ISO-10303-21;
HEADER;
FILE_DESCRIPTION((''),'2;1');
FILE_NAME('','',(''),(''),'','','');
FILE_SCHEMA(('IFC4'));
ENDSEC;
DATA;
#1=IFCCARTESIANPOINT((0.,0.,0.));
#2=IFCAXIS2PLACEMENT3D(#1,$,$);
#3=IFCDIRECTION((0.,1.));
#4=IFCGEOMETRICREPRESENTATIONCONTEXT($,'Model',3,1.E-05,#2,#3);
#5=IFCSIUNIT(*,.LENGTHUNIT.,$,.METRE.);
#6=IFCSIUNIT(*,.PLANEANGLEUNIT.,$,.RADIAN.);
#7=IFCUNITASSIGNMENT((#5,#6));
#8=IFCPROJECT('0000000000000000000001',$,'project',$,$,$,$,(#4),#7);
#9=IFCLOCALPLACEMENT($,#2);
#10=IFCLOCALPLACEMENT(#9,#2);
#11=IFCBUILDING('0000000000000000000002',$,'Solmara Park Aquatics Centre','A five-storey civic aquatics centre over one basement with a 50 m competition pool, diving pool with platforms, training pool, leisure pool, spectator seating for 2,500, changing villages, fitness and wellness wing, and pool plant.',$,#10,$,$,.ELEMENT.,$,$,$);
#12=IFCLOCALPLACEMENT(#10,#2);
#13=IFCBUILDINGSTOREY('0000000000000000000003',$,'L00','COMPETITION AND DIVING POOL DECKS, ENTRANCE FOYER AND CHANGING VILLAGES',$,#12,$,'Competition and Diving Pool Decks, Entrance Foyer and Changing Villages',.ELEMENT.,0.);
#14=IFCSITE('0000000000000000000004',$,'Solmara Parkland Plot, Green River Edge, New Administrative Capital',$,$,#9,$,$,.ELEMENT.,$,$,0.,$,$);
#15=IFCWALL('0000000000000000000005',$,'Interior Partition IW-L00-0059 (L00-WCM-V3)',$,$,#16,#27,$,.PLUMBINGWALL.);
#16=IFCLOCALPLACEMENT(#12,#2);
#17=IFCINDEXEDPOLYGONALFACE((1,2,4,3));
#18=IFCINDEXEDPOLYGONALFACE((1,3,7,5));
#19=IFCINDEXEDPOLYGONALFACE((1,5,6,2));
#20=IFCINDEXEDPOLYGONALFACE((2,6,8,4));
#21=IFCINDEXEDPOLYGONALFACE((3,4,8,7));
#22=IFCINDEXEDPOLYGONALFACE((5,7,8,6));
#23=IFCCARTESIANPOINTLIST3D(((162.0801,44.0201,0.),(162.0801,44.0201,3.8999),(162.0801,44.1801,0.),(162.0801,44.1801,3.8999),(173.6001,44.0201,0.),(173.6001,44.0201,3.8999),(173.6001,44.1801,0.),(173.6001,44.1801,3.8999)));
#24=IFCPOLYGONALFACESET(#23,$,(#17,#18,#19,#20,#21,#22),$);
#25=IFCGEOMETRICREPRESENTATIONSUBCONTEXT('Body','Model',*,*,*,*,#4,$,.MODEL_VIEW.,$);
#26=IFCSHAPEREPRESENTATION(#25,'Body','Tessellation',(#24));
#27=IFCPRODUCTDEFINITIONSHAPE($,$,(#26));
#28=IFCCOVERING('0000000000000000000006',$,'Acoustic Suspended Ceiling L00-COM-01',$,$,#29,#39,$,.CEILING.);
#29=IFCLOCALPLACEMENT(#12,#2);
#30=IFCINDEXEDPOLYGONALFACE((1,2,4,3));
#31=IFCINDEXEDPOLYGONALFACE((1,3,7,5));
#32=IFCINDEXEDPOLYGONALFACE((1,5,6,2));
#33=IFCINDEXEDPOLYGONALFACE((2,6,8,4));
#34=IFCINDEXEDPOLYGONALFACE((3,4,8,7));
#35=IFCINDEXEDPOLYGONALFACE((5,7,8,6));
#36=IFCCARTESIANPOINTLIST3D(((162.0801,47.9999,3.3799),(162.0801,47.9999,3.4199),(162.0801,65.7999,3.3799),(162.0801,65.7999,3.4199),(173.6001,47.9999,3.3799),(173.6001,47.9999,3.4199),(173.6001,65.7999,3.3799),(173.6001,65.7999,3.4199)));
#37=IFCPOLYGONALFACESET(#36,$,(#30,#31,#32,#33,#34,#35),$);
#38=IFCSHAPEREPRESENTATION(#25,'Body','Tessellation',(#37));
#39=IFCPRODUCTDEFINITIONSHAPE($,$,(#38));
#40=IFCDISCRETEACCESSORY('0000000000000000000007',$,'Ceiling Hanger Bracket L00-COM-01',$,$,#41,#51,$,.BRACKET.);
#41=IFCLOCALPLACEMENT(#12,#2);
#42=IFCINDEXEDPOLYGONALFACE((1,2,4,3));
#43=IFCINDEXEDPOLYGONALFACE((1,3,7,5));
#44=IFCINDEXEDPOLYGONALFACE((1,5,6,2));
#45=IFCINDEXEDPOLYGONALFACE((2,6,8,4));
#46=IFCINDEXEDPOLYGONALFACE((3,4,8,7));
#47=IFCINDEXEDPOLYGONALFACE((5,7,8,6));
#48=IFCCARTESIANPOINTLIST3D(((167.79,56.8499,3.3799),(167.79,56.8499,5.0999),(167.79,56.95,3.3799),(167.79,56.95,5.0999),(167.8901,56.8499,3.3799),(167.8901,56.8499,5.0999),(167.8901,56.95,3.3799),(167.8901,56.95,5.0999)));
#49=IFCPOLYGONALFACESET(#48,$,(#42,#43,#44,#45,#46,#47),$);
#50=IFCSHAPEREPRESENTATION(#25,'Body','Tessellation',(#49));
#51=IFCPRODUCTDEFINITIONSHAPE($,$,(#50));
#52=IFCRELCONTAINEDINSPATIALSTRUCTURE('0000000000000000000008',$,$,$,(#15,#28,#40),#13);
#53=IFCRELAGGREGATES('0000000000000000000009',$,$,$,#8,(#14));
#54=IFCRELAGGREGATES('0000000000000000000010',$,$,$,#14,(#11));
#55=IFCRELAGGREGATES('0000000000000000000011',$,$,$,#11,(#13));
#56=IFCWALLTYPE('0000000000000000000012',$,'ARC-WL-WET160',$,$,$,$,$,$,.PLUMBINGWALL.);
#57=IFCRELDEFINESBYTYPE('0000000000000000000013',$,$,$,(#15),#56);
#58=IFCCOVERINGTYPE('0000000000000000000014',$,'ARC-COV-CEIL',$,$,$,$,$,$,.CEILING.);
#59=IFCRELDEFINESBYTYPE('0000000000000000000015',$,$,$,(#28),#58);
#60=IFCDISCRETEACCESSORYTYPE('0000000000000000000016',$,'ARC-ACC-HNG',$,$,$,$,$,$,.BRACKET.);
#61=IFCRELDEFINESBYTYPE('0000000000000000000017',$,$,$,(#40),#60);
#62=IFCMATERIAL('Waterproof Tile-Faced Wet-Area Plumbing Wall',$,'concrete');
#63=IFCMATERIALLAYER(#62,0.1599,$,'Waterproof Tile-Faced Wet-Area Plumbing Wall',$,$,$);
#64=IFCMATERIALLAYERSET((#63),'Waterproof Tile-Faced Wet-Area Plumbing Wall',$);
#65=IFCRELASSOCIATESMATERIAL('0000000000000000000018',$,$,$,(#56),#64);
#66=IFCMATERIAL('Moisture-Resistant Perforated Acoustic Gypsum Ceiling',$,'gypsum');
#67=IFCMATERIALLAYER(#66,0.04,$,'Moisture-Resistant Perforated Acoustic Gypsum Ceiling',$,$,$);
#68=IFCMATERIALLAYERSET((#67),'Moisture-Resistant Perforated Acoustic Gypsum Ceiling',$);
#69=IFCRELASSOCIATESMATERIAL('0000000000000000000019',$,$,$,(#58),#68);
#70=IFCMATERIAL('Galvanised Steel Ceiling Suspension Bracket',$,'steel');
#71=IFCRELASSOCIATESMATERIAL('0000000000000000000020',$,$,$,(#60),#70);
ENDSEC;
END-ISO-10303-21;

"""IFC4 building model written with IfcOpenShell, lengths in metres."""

from ifc_helpers import new_model, si_unit, direction, frame, frame_2d, origin, origin_2d, place, context, subcontext, project, spatial, rectangle, extrude, material, layer, layer_set, type_object, element, save


model = new_model("IFC4")

# Units and contexts
model_context = context("Model", 3, precision=1e-05, world=origin(), true_north=direction((0.0, 1.0)))
body_context = subcontext(model_context, "Body", "Model", "MODEL_VIEW")
ifc_project = project(units=[si_unit("LENGTHUNIT", "METRE"), si_unit("PLANEANGLEUNIT", "RADIAN")], contexts=[model_context])

# Site, building, storey
site_placement = place(None, origin())
site = spatial("IfcSite", under=ifc_project, at=site_placement, Name="Solmara Parkland Plot, Green River Edge, New Administrative Capital", CompositionType="ELEMENT", RefElevation=0.0)
building_placement = place(site_placement, origin())
building = spatial("IfcBuilding", under=site, at=building_placement, Name="Solmara Park Aquatics Centre", Description="A five-storey civic aquatics centre over one basement with a 50 m competition pool, diving pool with platforms, training pool, leisure pool, spectator seating for 2,500, changing villages, fitness and wellness wing, and pool plant.", CompositionType="ELEMENT")
storey_placement = place(building_placement, origin())
storey = spatial("IfcBuildingStorey", under=building, at=storey_placement, Name="L00", Description="COMPETITION AND DIVING POOL DECKS, ENTRANCE FOYER AND CHANGING VILLAGES", LongName="Competition and Diving Pool Decks, Entrance Foyer and Changing Villages", CompositionType="ELEMENT", Elevation=0.0)

# Wall
ifc_material_1 = material(Name="Waterproof Tile-Faced Wet-Area Plumbing Wall", Category="concrete")
ifc_layer_1 = layer(ifc_material_1, 0.1599, Name="Waterproof Tile-Faced Wet-Area Plumbing Wall")
ifc_layer_set_1 = layer_set([ifc_layer_1], Name="Waterproof Tile-Faced Wet-Area Plumbing Wall")
wall_type_1 = type_object("IfcWallType", Name="ARC-WL-WET160", PredefinedType="PLUMBINGWALL", material=ifc_layer_set_1)
wall_1_placement = place(storey_placement, frame((162.0801, 44.1001, 0.0), z_axis=(0.0, 0.0, 1.0), x_axis=(1.0, 0.0, 0.0)))
element("IfcWall", 1, at=wall_1_placement, inside=storey, type_object=wall_type_1, Name="Interior Partition IW-L00-0059 (L00-WCM-V3)", PredefinedType="PLUMBINGWALL", context=body_context, shape_type="SweptSolid", body=[
    extrude(rectangle(XDim=11.52, YDim=0.1599, at=frame_2d((5.76, 0.0))), origin(), (0.0, 0.0, 1.0), 3.8999),
])

# Covering
ifc_material_2 = material(Name="Moisture-Resistant Perforated Acoustic Gypsum Ceiling", Category="gypsum")
ifc_layer_2 = layer(ifc_material_2, 0.04, Name="Moisture-Resistant Perforated Acoustic Gypsum Ceiling")
ifc_layer_set_2 = layer_set([ifc_layer_2], Name="Moisture-Resistant Perforated Acoustic Gypsum Ceiling")
covering_type = type_object("IfcCoveringType", Name="ARC-COV-CEIL", PredefinedType="CEILING", material=ifc_layer_set_2)
covering_placement = place(storey_placement, frame((167.8401, 56.8999, 3.3799), z_axis=(0.0, 0.0, 1.0), x_axis=(1.0, 0.0, 0.0)))
element("IfcCovering", 2, at=covering_placement, inside=storey, type_object=covering_type, Name="Acoustic Suspended Ceiling L00-COM-01", PredefinedType="CEILING", context=body_context, shape_type="SweptSolid", body=[
    extrude(rectangle(XDim=11.52, YDim=17.8, at=origin_2d()), origin(), (0.0, 0.0, 1.0), 0.04),
])

# Discrete accessory
ifc_material_3 = material(Name="Galvanised Steel Ceiling Suspension Bracket", Category="steel")
discrete_accessory_type = type_object("IfcDiscreteAccessoryType", Name="ARC-ACC-HNG", PredefinedType="BRACKET", material=ifc_material_3)
discrete_accessory_placement = place(storey_placement, frame((167.8401, 56.8999, 3.3799), z_axis=(0.0, 0.0, 1.0), x_axis=(1.0, 0.0, 0.0)))
element("IfcDiscreteAccessory", 3, at=discrete_accessory_placement, inside=storey, type_object=discrete_accessory_type, Name="Ceiling Hanger Bracket L00-COM-01", PredefinedType="BRACKET", context=body_context, shape_type="SweptSolid", body=[
    extrude(rectangle(XDim=0.1001, YDim=0.1001, at=origin_2d()), origin(), (0.0, 0.0, 1.0), 1.72),
])

save(model, "model.ifc")
